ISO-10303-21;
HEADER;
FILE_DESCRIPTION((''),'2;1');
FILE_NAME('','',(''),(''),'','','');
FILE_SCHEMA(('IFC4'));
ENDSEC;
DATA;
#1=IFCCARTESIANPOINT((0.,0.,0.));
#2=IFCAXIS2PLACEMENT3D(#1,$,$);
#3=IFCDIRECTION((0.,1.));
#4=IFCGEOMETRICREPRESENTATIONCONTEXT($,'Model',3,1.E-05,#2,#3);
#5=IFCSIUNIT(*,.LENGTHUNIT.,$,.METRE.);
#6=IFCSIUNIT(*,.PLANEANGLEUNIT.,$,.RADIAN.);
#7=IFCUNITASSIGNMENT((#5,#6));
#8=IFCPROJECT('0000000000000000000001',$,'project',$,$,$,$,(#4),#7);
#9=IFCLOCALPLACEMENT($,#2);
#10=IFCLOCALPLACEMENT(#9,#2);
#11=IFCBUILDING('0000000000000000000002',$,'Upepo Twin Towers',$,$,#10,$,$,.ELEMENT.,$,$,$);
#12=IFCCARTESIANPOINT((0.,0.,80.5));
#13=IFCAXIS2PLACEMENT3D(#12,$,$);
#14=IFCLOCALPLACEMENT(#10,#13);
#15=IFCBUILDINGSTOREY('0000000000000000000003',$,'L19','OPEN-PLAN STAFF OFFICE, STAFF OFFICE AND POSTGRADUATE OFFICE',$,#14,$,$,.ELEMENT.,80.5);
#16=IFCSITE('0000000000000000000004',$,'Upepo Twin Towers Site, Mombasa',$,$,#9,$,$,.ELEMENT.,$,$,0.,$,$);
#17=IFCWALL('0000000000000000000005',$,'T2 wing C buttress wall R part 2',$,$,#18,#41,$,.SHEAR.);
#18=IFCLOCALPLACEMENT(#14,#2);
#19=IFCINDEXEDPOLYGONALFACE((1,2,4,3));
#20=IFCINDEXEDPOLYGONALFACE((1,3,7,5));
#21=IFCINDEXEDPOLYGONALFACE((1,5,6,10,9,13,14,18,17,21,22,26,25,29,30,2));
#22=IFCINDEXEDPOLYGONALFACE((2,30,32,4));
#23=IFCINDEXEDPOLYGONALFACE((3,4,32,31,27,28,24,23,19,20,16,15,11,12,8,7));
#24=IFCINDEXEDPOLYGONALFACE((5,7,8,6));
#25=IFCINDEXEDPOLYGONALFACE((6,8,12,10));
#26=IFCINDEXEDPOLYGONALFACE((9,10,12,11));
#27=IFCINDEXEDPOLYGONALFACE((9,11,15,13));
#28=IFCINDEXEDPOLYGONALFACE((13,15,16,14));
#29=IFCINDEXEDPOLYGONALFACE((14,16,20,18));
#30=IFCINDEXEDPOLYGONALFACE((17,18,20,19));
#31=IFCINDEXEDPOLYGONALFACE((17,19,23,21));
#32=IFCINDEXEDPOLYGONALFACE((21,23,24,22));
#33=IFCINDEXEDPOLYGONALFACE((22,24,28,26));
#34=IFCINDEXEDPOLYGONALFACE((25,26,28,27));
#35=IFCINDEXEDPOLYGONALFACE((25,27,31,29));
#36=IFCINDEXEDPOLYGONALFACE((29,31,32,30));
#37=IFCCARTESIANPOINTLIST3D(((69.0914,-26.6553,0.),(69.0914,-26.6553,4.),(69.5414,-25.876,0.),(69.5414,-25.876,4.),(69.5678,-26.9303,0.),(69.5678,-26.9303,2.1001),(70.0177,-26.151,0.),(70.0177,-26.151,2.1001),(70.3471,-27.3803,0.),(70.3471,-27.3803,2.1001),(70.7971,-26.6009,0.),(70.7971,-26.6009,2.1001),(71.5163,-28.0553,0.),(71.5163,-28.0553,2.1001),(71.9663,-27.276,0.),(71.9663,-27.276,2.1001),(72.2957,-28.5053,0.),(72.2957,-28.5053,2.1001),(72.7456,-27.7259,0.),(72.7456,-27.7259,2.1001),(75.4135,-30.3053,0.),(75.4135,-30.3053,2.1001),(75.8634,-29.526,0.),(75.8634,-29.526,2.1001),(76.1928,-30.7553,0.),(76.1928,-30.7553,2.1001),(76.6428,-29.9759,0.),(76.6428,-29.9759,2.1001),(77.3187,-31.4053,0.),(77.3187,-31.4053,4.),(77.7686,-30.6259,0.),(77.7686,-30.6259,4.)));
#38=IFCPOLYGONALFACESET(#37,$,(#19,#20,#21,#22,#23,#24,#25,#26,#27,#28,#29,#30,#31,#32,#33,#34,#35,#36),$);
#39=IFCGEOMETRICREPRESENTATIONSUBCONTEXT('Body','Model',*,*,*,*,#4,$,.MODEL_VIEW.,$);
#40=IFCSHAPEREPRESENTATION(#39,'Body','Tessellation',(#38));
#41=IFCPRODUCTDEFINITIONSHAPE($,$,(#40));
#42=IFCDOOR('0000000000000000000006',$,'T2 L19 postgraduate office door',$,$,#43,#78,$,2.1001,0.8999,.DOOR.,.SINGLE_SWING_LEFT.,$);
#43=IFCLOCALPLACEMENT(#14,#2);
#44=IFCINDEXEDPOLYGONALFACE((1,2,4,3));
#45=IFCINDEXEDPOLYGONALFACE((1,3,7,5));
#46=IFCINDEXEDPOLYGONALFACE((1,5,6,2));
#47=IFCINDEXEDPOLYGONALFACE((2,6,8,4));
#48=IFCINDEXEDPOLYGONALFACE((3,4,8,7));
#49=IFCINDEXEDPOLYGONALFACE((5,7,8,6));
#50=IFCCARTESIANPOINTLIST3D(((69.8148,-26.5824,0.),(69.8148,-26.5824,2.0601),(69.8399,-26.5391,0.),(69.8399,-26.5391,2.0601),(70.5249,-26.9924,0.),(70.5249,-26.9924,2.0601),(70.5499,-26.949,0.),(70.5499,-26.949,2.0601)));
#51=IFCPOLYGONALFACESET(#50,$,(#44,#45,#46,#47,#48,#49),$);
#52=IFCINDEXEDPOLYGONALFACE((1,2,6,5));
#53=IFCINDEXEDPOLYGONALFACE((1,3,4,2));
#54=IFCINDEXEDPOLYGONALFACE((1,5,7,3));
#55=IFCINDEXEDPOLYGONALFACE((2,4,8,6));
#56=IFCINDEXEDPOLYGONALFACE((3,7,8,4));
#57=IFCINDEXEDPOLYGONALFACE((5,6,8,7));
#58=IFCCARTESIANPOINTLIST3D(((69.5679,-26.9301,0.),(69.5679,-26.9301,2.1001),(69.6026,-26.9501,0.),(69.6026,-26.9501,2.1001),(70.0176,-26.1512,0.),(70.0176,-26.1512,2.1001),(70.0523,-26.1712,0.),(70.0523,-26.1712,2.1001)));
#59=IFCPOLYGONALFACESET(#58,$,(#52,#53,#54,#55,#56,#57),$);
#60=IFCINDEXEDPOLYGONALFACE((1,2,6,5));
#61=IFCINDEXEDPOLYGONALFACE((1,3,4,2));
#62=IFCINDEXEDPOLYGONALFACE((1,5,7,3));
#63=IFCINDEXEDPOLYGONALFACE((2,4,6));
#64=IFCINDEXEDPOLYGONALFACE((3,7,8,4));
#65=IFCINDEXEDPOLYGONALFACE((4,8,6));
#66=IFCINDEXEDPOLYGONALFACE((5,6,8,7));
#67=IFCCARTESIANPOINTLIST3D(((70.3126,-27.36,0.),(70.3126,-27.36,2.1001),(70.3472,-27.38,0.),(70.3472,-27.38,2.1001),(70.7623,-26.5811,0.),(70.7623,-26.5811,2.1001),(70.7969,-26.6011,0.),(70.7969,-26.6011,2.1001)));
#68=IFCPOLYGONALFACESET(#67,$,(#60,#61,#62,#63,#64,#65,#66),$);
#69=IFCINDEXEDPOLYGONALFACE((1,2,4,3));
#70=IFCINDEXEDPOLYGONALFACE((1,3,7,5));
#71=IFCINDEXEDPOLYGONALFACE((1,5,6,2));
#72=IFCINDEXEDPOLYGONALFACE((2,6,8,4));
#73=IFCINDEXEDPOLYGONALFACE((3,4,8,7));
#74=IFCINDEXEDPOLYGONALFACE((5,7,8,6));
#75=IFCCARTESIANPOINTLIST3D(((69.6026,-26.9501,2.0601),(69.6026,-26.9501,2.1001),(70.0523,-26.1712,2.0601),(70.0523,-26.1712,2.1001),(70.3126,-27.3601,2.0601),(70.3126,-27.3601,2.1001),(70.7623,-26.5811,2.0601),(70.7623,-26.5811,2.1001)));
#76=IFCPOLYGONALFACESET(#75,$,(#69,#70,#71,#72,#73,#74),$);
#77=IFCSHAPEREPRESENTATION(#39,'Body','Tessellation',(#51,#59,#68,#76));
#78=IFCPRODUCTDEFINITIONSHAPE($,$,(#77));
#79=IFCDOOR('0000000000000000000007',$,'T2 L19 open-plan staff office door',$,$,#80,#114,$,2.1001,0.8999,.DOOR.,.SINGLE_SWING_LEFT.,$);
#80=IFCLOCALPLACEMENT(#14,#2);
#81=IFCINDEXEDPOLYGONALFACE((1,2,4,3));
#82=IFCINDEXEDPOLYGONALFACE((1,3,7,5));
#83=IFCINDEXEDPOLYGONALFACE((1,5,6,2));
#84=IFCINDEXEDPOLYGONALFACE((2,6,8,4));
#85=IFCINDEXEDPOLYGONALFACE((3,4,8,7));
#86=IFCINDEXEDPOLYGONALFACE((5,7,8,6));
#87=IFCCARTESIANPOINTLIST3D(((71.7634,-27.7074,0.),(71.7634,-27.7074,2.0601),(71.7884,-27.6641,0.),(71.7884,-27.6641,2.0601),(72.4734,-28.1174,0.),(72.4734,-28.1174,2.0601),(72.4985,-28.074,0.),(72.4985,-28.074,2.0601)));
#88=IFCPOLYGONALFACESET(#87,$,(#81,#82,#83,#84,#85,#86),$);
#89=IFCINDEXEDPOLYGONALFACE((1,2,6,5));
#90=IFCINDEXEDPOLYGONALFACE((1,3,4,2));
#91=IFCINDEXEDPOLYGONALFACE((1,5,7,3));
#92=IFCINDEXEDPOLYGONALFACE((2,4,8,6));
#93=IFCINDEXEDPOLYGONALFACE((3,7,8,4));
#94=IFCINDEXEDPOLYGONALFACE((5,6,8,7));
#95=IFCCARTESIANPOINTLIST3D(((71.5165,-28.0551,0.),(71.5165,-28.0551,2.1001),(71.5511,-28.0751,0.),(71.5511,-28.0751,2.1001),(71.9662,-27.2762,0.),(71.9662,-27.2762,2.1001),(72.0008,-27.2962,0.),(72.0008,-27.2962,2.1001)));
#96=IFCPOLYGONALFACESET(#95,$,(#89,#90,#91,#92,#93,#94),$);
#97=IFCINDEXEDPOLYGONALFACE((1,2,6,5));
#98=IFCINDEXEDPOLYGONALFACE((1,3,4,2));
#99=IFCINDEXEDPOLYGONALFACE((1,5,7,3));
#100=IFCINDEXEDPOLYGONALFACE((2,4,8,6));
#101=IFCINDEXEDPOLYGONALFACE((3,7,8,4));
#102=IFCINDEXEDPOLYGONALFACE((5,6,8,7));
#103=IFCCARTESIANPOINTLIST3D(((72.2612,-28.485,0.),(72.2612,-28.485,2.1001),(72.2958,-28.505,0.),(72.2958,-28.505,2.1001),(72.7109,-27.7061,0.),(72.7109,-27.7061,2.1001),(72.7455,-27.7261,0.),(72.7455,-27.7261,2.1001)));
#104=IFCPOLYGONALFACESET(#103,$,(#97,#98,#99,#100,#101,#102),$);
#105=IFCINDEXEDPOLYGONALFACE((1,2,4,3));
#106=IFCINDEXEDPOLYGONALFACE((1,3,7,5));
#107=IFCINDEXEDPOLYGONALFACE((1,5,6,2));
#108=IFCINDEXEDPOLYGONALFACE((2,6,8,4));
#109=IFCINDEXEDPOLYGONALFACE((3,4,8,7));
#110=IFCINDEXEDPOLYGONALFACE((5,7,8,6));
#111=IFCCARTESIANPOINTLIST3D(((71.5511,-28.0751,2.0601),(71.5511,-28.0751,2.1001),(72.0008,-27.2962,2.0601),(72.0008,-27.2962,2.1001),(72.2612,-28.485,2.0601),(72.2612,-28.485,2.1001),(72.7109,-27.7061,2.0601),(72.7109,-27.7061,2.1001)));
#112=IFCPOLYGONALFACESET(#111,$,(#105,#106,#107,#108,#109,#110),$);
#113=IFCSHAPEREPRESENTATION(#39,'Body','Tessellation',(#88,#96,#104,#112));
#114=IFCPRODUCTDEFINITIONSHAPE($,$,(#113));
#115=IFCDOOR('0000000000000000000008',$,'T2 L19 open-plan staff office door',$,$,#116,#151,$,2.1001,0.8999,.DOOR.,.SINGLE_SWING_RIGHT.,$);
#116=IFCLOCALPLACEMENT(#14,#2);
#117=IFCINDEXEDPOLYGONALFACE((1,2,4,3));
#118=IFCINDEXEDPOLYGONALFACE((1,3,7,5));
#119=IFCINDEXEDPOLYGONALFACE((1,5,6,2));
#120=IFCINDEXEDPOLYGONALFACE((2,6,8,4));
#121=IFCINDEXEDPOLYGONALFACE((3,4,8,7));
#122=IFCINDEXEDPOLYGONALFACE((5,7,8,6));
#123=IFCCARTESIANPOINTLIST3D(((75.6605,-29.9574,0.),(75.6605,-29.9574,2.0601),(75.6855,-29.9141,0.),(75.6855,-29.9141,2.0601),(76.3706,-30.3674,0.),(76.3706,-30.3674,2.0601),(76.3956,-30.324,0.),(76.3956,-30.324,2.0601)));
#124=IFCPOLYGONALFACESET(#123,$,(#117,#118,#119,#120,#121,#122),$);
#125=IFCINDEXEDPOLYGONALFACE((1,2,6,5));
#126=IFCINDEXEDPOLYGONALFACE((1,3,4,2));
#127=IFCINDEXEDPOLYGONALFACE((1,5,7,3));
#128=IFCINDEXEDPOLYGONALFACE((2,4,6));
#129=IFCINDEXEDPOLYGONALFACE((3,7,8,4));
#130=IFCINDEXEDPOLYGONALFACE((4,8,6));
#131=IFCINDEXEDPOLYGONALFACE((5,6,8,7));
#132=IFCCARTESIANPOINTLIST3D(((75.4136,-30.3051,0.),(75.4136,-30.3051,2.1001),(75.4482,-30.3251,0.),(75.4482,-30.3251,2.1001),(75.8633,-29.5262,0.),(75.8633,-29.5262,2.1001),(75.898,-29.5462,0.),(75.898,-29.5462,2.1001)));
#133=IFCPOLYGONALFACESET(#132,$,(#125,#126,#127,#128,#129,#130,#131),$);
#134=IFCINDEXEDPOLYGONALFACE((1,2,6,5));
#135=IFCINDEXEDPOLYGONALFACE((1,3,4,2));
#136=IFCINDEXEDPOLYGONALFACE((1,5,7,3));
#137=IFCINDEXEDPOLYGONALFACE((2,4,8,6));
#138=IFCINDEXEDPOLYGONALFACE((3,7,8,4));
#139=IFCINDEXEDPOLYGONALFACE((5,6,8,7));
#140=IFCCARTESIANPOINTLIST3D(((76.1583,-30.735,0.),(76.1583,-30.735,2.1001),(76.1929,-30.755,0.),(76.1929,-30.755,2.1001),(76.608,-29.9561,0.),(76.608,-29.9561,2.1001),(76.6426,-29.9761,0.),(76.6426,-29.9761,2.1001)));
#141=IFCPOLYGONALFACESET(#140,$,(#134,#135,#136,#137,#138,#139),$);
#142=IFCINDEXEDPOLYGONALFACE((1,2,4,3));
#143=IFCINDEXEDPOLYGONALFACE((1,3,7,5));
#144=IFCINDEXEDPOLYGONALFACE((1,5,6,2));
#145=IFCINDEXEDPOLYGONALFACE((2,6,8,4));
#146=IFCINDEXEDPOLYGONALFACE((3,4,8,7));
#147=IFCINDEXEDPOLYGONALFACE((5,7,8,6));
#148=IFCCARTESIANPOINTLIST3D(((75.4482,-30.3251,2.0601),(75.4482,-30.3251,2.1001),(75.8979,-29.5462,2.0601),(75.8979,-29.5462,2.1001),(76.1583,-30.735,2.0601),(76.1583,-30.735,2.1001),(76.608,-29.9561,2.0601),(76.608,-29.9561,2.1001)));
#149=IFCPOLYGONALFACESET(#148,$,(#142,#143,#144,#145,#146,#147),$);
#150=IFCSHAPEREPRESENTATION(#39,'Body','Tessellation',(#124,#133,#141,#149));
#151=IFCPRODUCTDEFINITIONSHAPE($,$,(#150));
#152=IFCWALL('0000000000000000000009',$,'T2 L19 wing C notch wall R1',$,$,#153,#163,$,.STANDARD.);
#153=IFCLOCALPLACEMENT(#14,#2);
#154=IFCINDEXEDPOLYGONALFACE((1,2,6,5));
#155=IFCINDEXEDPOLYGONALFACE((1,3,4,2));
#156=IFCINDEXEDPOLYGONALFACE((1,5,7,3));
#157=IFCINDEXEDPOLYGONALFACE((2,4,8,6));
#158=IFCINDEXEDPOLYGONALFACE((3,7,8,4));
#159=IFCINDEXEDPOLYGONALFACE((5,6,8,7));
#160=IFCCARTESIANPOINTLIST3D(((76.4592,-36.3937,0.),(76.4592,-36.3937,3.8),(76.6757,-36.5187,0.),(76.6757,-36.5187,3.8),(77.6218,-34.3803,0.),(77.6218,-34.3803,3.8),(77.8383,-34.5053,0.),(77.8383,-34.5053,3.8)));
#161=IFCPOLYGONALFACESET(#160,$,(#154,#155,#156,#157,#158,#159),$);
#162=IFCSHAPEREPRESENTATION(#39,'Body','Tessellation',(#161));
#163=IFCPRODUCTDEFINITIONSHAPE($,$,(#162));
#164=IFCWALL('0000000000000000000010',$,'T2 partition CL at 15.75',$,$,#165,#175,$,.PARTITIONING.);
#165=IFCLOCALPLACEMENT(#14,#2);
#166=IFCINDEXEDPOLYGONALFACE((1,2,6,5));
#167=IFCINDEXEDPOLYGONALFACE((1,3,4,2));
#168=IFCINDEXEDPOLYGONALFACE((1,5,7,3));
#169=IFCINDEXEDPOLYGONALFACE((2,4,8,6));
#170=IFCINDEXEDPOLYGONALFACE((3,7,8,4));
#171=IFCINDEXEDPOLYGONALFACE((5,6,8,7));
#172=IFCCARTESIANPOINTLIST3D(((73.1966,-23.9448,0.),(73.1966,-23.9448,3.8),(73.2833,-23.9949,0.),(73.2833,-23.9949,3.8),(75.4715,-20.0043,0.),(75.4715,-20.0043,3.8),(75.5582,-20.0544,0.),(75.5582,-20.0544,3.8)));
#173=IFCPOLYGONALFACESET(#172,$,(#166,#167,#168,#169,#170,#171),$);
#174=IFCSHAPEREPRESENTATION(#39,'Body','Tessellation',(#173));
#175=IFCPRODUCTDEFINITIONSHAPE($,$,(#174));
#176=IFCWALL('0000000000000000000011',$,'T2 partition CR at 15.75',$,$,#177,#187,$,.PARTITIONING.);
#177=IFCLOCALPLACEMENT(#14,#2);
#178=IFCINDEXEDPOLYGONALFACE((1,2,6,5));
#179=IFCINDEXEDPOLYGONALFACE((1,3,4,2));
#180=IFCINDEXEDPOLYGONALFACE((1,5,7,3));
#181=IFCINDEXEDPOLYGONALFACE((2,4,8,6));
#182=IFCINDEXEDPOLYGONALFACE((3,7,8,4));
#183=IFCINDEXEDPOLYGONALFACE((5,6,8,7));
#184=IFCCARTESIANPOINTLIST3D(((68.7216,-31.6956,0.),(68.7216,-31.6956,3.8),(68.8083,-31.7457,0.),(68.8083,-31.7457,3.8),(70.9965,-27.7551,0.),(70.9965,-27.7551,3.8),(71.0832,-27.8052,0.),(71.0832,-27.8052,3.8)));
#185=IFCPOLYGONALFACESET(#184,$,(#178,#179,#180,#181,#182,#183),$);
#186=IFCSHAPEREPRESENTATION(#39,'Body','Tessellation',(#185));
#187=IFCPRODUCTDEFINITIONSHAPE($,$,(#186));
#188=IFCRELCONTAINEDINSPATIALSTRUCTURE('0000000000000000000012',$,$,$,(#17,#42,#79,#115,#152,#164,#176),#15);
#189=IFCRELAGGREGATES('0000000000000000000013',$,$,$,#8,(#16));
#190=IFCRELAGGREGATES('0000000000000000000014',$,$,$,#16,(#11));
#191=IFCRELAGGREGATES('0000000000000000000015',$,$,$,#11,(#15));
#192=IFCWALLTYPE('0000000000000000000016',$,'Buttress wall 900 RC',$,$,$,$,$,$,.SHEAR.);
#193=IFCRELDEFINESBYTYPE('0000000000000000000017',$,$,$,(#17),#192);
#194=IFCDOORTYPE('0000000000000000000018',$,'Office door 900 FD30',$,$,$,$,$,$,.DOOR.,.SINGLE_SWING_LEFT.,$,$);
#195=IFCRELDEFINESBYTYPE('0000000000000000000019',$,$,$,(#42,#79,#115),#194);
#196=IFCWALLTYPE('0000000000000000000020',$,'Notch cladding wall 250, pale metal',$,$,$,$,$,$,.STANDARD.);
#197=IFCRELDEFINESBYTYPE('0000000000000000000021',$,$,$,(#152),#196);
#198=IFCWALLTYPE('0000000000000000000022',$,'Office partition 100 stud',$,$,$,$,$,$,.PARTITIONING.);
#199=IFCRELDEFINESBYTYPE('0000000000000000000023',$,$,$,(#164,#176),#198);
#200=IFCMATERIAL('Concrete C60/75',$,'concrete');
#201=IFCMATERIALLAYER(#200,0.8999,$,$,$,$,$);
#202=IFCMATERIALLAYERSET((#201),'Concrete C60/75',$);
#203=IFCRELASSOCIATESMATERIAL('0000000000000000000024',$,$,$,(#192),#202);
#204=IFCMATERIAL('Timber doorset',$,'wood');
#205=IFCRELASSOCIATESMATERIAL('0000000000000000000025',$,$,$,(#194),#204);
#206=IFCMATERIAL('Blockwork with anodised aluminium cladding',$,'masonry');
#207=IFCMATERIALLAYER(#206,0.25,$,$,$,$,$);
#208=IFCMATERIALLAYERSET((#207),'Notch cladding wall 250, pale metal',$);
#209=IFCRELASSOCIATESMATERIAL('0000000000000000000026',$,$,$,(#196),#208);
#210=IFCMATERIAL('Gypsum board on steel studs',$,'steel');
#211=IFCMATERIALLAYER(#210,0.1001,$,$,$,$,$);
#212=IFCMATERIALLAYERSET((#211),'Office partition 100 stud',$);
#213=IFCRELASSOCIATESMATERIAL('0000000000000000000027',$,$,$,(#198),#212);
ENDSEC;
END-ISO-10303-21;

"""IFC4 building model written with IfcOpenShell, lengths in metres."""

from ifc_helpers import new_model, si_unit, direction, frame, frame_2d, origin, place, context, subcontext, project, spatial, rectangle, extrude, material, layer, layer_set, type_object, element, fill, save


model = new_model("IFC4")

# Units and contexts
model_context = context("Model", 3, precision=1e-05, world=origin(), true_north=direction((0.0, 1.0)))
body_context = subcontext(model_context, "Body", "Model", "MODEL_VIEW")
ifc_project = project(units=[si_unit("LENGTHUNIT", "METRE"), si_unit("PLANEANGLEUNIT", "RADIAN")], contexts=[model_context])

# Site, building, storey
site_placement = place(None, origin())
site = spatial("IfcSite", under=ifc_project, at=site_placement, Name="Upepo Twin Towers Site, Mombasa", CompositionType="ELEMENT", RefElevation=0.0)
building_placement = place(site_placement, origin())
building = spatial("IfcBuilding", under=site, at=building_placement, Name="Upepo Twin Towers", CompositionType="ELEMENT")
storey_placement = place(building_placement, frame((0.0, 0.0, 80.5)))
storey = spatial("IfcBuildingStorey", under=building, at=storey_placement, Name="L19", Description="OPEN-PLAN STAFF OFFICE, STAFF OFFICE AND POSTGRADUATE OFFICE", CompositionType="ELEMENT", Elevation=80.5)

# Wall, openings, doors
ifc_material_1 = material(Name="Concrete C60/75", Category="concrete")
ifc_layer_1 = layer(ifc_material_1, 0.8999)
ifc_layer_set_1 = layer_set([ifc_layer_1], Name="Concrete C60/75")
wall_type_1 = type_object("IfcWallType", Name="Buttress wall 900 RC", PredefinedType="SHEAR", material=ifc_layer_set_1)
ifc_material_2 = material(Name="Timber doorset", Category="wood")
door_type = type_object("IfcDoorType", Name="Office door 900 FD30", OperationType="SINGLE_SWING_LEFT", PredefinedType="DOOR", material=ifc_material_2)
wall_1_placement = place(storey_placement, frame((69.3164, -26.2656, 0.0), z_axis=(0.0, 0.0, 1.0), x_axis=(0.866027, -0.499998, 0.0)))
wall_1 = element("IfcWall", 1, at=wall_1_placement, inside=storey, type_object=wall_type_1, Name="T2 wing C buttress wall R part 2", PredefinedType="SHEAR", context=body_context, shape_type="SweptSolid", body=[
    extrude(rectangle(XDim=9.5, YDim=0.8999, at=frame_2d((4.75, 0.0))), origin(), (0.0, 0.0, 1.0), 4.0),
])
opening_1_placement = place(wall_1_placement, frame((0.55, 0.0, 0.0)))
opening_1 = element("IfcOpeningElement", 2, at=opening_1_placement, cuts=wall_1, PredefinedType="OPENING", context=body_context, shape_type="SweptSolid", body=[
    extrude(rectangle(XDim=0.8999, YDim=2.1001, at=frame_2d((0.45, 1.05))), frame((0.0, 0.46, 0.0), z_axis=(0.0, -1.0, 0.0), x_axis=(1.0, 0.0, 0.0)), (0.0, 0.0, 1.0), 0.9199),
])
opening_2_placement = place(wall_1_placement, frame((2.8, 0.0, 0.0)))
opening_2 = element("IfcOpeningElement", 3, at=opening_2_placement, cuts=wall_1, PredefinedType="OPENING", context=body_context, shape_type="SweptSolid", body=[
    extrude(rectangle(XDim=0.8999, YDim=2.1001, at=frame_2d((0.45, 1.05))), frame((0.0, 0.46, 0.0), z_axis=(0.0, -1.0, 0.0), x_axis=(1.0, 0.0, 0.0)), (0.0, 0.0, 1.0), 0.9199),
])
opening_3_placement = place(wall_1_placement, frame((7.3, 0.0, 0.0)))
opening_3 = element("IfcOpeningElement", 4, at=opening_3_placement, cuts=wall_1, PredefinedType="OPENING", context=body_context, shape_type="SweptSolid", body=[
    extrude(rectangle(XDim=0.8999, YDim=2.1001, at=frame_2d((0.45, 1.05))), frame((0.0, 0.46, 0.0), z_axis=(0.0, -1.0, 0.0), x_axis=(1.0, 0.0, 0.0)), (0.0, 0.0, 1.0), 0.9199),
])
door_1_placement = place(opening_1_placement, origin())
door_1 = element("IfcDoor", 5, at=door_1_placement, inside=storey, type_object=door_type, Name="T2 L19 postgraduate office door", OperationType="SINGLE_SWING_LEFT", OverallHeight=2.1001, OverallWidth=0.8999, PredefinedType="DOOR", context=body_context, shape_type="SweptSolid", body=[
    extrude(rectangle(XDim=0.8199, YDim=2.0601, at=frame_2d((0.45, 1.03))), frame((0.0, 0.0249, 0.0), z_axis=(0.0, -1.0, 0.0), x_axis=(1.0, 0.0, 0.0)), (0.0, 0.0, 1.0), 0.05),
    extrude(rectangle(XDim=0.04, YDim=2.1001, at=frame_2d((0.02, 1.05))), frame((0.0, 0.4497, 0.0), z_axis=(0.0, -1.0, 0.0), x_axis=(1.0, 0.0, 0.0)), (0.0, 0.0, 1.0), 0.8994),
    extrude(rectangle(XDim=0.04, YDim=2.1001, at=frame_2d((0.8799, 1.05))), frame((0.0, 0.4497, 0.0), z_axis=(0.0, -1.0, 0.0), x_axis=(1.0, 0.0, 0.0)), (0.0, 0.0, 1.0), 0.8994),
    extrude(rectangle(XDim=0.8199, YDim=0.04, at=frame_2d((0.45, 2.0801))), frame((0.0, 0.4497, 0.0), z_axis=(0.0, -1.0, 0.0), x_axis=(1.0, 0.0, 0.0)), (0.0, 0.0, 1.0), 0.8994),
])
fill(opening_1, door_1)
door_2_placement = place(opening_2_placement, origin())
door_2 = element("IfcDoor", 6, at=door_2_placement, inside=storey, type_object=door_type, Name="T2 L19 open-plan staff office door", OperationType="SINGLE_SWING_LEFT", OverallHeight=2.1001, OverallWidth=0.8999, PredefinedType="DOOR", context=body_context, shape_type="SweptSolid", body=[
    extrude(rectangle(XDim=0.8199, YDim=2.0601, at=frame_2d((0.45, 1.03))), frame((0.0, 0.0249, 0.0), z_axis=(0.0, -1.0, 0.0), x_axis=(1.0, 0.0, 0.0)), (0.0, 0.0, 1.0), 0.05),
    extrude(rectangle(XDim=0.04, YDim=2.1001, at=frame_2d((0.02, 1.05))), frame((0.0, 0.4497, 0.0), z_axis=(0.0, -1.0, 0.0), x_axis=(1.0, 0.0, 0.0)), (0.0, 0.0, 1.0), 0.8994),
    extrude(rectangle(XDim=0.04, YDim=2.1001, at=frame_2d((0.8799, 1.05))), frame((0.0, 0.4497, 0.0), z_axis=(0.0, -1.0, 0.0), x_axis=(1.0, 0.0, 0.0)), (0.0, 0.0, 1.0), 0.8994),
    extrude(rectangle(XDim=0.8199, YDim=0.04, at=frame_2d((0.45, 2.0801))), frame((0.0, 0.4497, 0.0), z_axis=(0.0, -1.0, 0.0), x_axis=(1.0, 0.0, 0.0)), (0.0, 0.0, 1.0), 0.8994),
])
fill(opening_2, door_2)
door_3_placement = place(opening_3_placement, origin())
door_3 = element("IfcDoor", 7, at=door_3_placement, inside=storey, type_object=door_type, Name="T2 L19 open-plan staff office door", OperationType="SINGLE_SWING_RIGHT", OverallHeight=2.1001, OverallWidth=0.8999, PredefinedType="DOOR", context=body_context, shape_type="SweptSolid", body=[
    extrude(rectangle(XDim=0.8199, YDim=2.0601, at=frame_2d((0.45, 1.03))), frame((0.0, 0.0249, 0.0), z_axis=(0.0, -1.0, 0.0), x_axis=(1.0, 0.0, 0.0)), (0.0, 0.0, 1.0), 0.05),
    extrude(rectangle(XDim=0.04, YDim=2.1001, at=frame_2d((0.02, 1.05))), frame((0.0, 0.4497, 0.0), z_axis=(0.0, -1.0, 0.0), x_axis=(1.0, 0.0, 0.0)), (0.0, 0.0, 1.0), 0.8994),
    extrude(rectangle(XDim=0.04, YDim=2.1001, at=frame_2d((0.8799, 1.05))), frame((0.0, 0.4497, 0.0), z_axis=(0.0, -1.0, 0.0), x_axis=(1.0, 0.0, 0.0)), (0.0, 0.0, 1.0), 0.8994),
    extrude(rectangle(XDim=0.8199, YDim=0.04, at=frame_2d((0.45, 2.0801))), frame((0.0, 0.4497, 0.0), z_axis=(0.0, -1.0, 0.0), x_axis=(1.0, 0.0, 0.0)), (0.0, 0.0, 1.0), 0.8994),
])
fill(opening_3, door_3)

# Walls
ifc_material_3 = material(Name="Blockwork with anodised aluminium cladding", Category="masonry")
ifc_layer_2 = layer(ifc_material_3, 0.25)
ifc_layer_set_2 = layer_set([ifc_layer_2], Name="Notch cladding wall 250, pale metal")
wall_type_2 = type_object("IfcWallType", Name="Notch cladding wall 250, pale metal", PredefinedType="STANDARD", material=ifc_layer_set_2)
wall_2_placement = place(storey_placement, frame((76.5674, -36.4563, 0.0), z_axis=(0.0, 0.0, 1.0), x_axis=(0.500047, 0.865998, 0.0)))
element("IfcWall", 8, at=wall_2_placement, inside=storey, type_object=wall_type_2, Name="T2 L19 wing C notch wall R1", PredefinedType="STANDARD", context=body_context, shape_type="SweptSolid", body=[
    extrude(rectangle(XDim=2.325, YDim=0.25, at=frame_2d((1.1626, 0.0))), origin(), (0.0, 0.0, 1.0), 3.8),
])
ifc_material_4 = material(Name="Gypsum board on steel studs", Category="steel")
ifc_layer_3 = layer(ifc_material_4, 0.1001)
ifc_layer_set_3 = layer_set([ifc_layer_3], Name="Office partition 100 stud")
wall_type_3 = type_object("IfcWallType", Name="Office partition 100 stud", PredefinedType="PARTITIONING", material=ifc_layer_set_3)
for number, where, z_axis, x_axis, name in (
    (9, (73.24, -23.9697, 0.0), (0.0, 0.0, 1.0), (0.499983, 0.866035, 0.0), "T2 partition CL at 15.75"),
    (10, (71.0398, -27.7803, 0.0), (0.0, 0.0, 1.0), (-0.499983, -0.866035, 0.0), "T2 partition CR at 15.75"),
):
    element("IfcWall", number, at=place(storey_placement, frame(where, z_axis=z_axis, x_axis=x_axis)), inside=storey, type_object=wall_type_3, Name=name, PredefinedType="PARTITIONING", context=body_context, shape_type="SweptSolid", body=[
        extrude(rectangle(XDim=4.55, YDim=0.1001, at=frame_2d((2.2749, 0.0))), origin(), (0.0, 0.0, 1.0), 3.8),
    ])

save(model, "model.ifc")
